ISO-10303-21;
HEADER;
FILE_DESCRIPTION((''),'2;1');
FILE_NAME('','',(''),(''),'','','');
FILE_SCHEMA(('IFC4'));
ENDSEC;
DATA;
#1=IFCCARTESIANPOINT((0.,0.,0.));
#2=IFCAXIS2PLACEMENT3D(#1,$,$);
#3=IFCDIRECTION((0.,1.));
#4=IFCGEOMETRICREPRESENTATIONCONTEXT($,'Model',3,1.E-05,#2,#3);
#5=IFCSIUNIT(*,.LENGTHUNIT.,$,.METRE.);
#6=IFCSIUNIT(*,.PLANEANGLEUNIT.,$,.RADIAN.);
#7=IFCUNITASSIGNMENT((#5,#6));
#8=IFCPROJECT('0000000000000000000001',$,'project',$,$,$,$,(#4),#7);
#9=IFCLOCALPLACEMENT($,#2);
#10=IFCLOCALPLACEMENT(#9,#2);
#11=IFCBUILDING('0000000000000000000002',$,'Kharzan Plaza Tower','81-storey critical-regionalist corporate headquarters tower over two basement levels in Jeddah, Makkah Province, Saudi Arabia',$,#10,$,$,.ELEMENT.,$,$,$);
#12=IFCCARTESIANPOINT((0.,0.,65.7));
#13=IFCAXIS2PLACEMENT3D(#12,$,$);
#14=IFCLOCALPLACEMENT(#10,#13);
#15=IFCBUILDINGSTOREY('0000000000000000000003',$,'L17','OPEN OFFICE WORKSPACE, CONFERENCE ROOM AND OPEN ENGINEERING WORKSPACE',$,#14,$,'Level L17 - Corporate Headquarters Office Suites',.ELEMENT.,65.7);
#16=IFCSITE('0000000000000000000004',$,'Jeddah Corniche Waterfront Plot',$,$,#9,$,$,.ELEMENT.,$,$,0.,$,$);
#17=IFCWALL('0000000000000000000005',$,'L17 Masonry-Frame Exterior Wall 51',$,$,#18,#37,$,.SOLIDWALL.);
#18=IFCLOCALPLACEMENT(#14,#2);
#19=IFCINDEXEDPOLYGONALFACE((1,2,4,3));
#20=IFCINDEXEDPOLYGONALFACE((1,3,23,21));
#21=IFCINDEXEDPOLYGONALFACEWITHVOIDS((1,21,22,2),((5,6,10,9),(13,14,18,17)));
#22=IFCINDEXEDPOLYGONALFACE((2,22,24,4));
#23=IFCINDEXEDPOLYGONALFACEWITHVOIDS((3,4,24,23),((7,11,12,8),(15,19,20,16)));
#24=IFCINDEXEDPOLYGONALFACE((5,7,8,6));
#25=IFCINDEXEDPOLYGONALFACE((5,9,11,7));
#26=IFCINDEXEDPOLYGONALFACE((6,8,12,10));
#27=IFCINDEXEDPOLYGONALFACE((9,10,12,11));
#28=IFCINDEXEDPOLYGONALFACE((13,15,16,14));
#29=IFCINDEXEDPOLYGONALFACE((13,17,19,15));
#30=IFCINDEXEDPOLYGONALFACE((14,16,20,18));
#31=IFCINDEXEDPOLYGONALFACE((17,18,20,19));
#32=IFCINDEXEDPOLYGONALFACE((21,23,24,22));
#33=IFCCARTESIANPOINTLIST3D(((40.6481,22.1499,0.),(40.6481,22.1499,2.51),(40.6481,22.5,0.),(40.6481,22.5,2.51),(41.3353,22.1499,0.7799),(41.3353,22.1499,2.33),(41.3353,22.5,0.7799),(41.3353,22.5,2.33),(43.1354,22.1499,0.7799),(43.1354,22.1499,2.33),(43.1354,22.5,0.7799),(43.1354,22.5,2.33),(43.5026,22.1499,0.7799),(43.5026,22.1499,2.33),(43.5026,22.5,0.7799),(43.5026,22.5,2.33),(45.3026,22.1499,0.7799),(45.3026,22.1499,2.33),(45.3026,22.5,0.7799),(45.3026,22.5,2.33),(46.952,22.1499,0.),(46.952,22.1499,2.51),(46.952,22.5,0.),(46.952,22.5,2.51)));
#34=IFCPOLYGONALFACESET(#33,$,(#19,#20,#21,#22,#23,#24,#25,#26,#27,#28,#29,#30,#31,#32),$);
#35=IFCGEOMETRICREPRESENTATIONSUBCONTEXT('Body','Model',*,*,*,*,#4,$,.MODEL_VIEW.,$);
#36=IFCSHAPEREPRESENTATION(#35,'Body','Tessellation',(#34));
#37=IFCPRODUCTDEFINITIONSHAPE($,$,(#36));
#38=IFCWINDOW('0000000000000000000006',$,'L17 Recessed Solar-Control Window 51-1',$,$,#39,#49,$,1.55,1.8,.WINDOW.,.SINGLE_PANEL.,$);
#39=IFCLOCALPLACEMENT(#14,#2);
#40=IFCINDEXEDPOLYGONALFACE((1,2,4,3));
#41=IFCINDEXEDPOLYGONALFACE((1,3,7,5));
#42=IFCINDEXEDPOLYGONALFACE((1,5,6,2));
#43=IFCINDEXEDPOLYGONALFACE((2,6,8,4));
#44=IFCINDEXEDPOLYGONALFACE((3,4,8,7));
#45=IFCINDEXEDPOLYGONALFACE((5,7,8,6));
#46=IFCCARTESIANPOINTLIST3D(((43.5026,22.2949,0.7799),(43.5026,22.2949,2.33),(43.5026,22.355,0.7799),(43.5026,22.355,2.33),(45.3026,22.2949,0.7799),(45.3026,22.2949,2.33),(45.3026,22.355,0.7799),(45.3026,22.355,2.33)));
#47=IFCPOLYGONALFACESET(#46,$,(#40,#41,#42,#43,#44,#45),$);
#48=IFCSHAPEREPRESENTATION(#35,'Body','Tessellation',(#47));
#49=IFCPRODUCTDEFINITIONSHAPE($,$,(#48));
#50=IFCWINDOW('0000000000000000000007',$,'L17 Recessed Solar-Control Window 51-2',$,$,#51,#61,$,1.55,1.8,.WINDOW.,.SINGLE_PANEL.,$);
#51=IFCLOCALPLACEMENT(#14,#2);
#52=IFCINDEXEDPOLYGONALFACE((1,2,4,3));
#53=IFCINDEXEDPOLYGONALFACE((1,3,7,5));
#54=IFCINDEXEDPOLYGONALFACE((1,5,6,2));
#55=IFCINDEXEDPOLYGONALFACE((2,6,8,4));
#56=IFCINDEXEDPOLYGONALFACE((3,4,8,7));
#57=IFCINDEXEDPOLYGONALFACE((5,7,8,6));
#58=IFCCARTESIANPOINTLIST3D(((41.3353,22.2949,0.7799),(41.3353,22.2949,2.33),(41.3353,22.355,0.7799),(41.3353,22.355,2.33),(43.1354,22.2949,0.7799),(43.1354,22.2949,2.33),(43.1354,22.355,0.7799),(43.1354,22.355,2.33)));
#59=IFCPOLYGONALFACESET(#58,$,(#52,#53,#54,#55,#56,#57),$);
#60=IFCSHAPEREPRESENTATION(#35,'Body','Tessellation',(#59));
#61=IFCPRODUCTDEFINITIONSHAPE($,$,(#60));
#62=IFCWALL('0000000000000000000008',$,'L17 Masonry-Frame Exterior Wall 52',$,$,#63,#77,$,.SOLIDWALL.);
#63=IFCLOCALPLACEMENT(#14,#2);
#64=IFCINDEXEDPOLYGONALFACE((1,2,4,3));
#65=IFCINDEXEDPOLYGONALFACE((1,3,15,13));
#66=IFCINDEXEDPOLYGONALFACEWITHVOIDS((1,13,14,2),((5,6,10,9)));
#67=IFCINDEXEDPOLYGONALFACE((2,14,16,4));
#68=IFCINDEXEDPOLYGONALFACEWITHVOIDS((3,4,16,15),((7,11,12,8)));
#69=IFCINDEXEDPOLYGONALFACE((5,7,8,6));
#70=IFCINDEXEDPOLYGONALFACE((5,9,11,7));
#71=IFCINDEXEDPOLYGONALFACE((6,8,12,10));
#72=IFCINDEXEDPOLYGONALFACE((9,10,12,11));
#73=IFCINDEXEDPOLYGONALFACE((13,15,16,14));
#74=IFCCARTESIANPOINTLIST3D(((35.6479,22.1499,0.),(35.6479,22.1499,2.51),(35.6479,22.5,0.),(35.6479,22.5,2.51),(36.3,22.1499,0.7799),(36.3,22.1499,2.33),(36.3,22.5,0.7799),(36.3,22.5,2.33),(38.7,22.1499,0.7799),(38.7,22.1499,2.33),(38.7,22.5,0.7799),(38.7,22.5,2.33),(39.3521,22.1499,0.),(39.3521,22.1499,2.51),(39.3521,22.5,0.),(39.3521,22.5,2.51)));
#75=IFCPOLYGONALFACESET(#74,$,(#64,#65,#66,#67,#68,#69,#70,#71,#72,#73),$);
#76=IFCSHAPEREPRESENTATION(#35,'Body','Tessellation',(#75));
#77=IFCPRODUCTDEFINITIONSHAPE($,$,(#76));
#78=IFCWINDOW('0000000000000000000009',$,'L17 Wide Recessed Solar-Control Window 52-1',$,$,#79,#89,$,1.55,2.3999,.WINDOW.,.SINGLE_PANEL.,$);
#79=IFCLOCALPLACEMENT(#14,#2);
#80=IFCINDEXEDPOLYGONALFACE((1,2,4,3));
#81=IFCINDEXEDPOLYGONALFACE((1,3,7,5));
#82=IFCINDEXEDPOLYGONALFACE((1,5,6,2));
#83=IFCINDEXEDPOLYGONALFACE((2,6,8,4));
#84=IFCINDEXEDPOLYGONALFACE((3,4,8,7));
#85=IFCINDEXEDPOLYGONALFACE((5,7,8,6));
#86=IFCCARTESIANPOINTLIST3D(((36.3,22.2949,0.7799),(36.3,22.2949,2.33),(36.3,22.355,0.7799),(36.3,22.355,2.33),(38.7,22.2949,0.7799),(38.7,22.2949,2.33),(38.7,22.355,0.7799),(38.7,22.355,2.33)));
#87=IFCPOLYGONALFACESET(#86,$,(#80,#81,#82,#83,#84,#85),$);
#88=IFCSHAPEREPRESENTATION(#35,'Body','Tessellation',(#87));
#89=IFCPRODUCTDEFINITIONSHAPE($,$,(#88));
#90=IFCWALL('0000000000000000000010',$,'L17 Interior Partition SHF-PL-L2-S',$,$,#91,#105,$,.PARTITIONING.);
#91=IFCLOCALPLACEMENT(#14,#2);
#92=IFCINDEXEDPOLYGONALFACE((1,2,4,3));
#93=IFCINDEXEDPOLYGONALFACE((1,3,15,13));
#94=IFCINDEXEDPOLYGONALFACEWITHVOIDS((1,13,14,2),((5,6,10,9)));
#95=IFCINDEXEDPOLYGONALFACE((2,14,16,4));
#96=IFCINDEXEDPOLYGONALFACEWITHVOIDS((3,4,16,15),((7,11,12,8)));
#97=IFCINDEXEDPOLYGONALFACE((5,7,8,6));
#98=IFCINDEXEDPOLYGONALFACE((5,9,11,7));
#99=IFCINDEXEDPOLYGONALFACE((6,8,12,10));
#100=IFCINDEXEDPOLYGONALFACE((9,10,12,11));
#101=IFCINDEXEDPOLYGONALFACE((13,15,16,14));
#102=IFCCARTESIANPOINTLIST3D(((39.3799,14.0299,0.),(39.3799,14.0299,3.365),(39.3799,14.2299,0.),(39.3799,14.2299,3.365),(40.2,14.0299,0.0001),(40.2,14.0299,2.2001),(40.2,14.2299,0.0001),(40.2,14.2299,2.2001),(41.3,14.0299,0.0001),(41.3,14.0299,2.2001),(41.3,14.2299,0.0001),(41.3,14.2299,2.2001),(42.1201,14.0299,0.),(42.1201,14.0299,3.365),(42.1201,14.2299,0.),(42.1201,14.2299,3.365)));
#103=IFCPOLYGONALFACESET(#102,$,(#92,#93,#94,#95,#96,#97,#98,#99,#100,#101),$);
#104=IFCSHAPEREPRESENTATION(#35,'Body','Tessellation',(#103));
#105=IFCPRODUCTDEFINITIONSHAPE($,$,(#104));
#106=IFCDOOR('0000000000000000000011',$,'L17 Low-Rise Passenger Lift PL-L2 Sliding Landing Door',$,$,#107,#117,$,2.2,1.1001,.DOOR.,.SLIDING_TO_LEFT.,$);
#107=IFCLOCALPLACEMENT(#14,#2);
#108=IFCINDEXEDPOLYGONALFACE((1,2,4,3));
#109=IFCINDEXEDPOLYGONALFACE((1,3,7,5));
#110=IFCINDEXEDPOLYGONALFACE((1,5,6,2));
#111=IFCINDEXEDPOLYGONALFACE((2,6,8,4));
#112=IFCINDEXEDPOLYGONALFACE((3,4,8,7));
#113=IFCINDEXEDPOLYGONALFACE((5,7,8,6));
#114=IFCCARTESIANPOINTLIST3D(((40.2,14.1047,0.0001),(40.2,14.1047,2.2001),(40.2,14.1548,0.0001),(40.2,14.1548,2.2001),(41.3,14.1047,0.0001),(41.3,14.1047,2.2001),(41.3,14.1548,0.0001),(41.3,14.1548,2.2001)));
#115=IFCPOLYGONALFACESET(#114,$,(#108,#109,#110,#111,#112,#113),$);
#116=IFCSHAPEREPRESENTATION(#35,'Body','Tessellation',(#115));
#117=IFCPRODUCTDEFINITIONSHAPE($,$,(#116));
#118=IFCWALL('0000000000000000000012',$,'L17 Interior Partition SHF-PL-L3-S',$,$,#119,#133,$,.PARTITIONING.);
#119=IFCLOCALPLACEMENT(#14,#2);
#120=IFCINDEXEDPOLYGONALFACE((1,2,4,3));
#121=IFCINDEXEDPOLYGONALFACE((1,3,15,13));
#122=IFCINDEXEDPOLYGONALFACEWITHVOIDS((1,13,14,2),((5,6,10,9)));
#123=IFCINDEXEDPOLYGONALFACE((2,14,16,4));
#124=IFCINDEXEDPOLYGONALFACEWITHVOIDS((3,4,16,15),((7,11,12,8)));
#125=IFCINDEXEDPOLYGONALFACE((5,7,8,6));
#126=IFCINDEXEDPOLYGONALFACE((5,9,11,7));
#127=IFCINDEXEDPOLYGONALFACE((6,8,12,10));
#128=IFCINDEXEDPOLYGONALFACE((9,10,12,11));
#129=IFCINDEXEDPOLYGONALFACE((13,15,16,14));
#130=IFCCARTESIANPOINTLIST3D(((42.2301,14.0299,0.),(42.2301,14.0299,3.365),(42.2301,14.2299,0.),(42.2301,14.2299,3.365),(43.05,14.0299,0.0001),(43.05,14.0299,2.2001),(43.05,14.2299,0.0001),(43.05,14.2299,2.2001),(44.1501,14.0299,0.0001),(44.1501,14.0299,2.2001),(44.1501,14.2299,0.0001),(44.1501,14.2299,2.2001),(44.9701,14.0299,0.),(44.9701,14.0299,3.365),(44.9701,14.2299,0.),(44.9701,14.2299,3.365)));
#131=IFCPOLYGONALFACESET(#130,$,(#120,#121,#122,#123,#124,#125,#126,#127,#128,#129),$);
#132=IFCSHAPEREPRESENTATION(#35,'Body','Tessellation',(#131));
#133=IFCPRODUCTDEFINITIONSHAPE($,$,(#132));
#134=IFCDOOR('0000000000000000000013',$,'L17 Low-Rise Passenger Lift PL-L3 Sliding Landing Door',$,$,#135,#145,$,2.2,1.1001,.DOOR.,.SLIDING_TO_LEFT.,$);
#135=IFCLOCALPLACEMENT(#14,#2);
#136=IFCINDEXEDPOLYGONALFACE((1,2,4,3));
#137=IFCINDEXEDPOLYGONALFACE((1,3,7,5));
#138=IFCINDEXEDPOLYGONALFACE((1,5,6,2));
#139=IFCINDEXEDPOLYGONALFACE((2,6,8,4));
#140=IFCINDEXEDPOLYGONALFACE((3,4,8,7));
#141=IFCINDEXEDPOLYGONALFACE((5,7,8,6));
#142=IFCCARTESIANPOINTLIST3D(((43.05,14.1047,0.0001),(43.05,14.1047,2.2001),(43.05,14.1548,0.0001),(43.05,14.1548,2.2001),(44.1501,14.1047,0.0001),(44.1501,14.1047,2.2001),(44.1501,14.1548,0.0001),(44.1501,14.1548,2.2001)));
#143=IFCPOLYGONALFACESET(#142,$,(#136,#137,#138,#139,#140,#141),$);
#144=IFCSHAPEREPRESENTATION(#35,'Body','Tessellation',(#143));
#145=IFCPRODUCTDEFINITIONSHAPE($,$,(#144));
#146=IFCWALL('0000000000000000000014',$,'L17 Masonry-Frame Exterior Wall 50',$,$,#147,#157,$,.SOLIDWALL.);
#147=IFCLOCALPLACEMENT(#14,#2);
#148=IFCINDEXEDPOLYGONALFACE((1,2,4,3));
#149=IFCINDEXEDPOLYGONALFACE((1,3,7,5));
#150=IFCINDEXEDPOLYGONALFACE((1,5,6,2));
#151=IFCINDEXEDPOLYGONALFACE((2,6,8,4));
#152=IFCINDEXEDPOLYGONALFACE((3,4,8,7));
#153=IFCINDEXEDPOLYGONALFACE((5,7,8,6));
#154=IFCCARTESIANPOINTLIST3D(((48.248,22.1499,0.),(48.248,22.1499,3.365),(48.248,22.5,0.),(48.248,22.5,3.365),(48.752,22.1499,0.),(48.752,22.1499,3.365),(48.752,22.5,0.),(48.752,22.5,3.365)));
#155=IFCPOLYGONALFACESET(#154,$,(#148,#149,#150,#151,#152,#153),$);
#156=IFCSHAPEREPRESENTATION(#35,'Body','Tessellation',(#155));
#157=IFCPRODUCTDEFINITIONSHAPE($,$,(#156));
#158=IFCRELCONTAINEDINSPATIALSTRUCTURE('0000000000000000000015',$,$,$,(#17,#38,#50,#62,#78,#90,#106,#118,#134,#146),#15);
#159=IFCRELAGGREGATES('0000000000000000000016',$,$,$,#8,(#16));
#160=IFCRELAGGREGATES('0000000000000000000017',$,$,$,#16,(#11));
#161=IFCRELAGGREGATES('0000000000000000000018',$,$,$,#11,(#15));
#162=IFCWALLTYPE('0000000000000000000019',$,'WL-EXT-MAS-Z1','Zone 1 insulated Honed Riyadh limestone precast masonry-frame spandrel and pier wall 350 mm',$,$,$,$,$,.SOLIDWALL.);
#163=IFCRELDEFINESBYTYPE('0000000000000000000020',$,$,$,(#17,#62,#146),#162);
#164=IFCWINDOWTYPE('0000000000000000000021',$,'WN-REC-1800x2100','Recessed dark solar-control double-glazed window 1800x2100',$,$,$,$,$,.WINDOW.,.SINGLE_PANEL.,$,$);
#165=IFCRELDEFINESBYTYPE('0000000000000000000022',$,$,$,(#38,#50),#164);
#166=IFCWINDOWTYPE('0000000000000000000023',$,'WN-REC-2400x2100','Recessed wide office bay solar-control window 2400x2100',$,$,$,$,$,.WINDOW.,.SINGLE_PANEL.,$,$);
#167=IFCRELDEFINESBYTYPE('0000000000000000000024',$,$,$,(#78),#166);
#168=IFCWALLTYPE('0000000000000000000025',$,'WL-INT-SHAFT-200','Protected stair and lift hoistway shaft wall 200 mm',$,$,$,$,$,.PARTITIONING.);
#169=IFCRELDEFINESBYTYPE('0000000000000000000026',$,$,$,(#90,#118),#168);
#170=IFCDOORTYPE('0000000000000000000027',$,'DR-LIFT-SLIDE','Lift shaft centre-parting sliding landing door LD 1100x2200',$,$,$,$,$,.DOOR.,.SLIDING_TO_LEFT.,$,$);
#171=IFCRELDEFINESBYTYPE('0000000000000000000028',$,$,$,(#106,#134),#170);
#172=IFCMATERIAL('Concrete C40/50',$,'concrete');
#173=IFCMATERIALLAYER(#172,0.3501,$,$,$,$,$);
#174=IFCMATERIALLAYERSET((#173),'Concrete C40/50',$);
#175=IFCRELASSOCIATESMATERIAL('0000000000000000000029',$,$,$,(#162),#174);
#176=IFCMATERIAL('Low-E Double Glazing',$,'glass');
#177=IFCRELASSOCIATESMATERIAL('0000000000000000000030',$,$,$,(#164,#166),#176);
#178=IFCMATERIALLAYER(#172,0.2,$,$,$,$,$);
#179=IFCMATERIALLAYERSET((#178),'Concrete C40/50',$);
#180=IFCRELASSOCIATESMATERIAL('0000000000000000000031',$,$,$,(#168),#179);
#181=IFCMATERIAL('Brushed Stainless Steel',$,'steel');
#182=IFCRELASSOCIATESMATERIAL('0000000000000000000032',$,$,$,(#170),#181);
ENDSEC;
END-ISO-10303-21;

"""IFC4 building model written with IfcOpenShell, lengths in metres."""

from ifc_helpers import new_model, si_unit, direction, frame, frame_2d, origin, place, context, subcontext, project, spatial, rectangle, extrude, source, transform, mapped, material, layer, layer_set, type_object, element, fill, save


model = new_model("IFC4")

# Units and contexts
model_context = context("Model", 3, precision=1e-05, world=origin(), true_north=direction((0.0, 1.0)))
body_context = subcontext(model_context, "Body", "Model", "MODEL_VIEW")
ifc_project = project(units=[si_unit("LENGTHUNIT", "METRE"), si_unit("PLANEANGLEUNIT", "RADIAN")], contexts=[model_context])

# Site, building, storey
site_placement = place(None, origin())
site = spatial("IfcSite", under=ifc_project, at=site_placement, Name="Jeddah Corniche Waterfront Plot", CompositionType="ELEMENT", RefElevation=0.0)
building_placement = place(site_placement, origin())
building = spatial("IfcBuilding", under=site, at=building_placement, Name="Kharzan Plaza Tower", Description="81-storey critical-regionalist corporate headquarters tower over two basement levels in Jeddah, Makkah Province, Saudi Arabia", CompositionType="ELEMENT")
storey_placement = place(building_placement, frame((0.0, 0.0, 65.7)))
storey = spatial("IfcBuildingStorey", under=building, at=storey_placement, Name="L17", Description="OPEN OFFICE WORKSPACE, CONFERENCE ROOM AND OPEN ENGINEERING WORKSPACE", LongName="Level L17 - Corporate Headquarters Office Suites", CompositionType="ELEMENT", Elevation=65.7)

# Wall, openings, windows
ifc_material_1 = material(Name="Concrete C40/50", Category="concrete")
ifc_layer_1 = layer(ifc_material_1, 0.3501)
ifc_layer_set_1 = layer_set([ifc_layer_1], Name="Concrete C40/50")
wall_type_1 = type_object("IfcWallType", Name="WL-EXT-MAS-Z1", Description="Zone 1 insulated Honed Riyadh limestone precast masonry-frame spandrel and pier wall 350 mm", PredefinedType="SOLIDWALL", material=ifc_layer_set_1)
wall_1_placement = place(storey_placement, frame((46.9519, 22.325, 0.0), z_axis=(0.0, 0.0, 1.0), x_axis=(-1.0, 0.0, 0.0)))
wall_1 = element("IfcWall", 1, at=wall_1_placement, inside=storey, type_object=wall_type_1, Name="L17 Masonry-Frame Exterior Wall 51", PredefinedType="SOLIDWALL", context=body_context, shape_type="SweptSolid", body=[
    extrude(rectangle(XDim=6.304, YDim=0.3501, at=frame_2d((3.1519, 0.0))), origin(), (0.0, 0.0, 1.0), 2.51),
])
opening_1_placement = place(wall_1_placement, frame((1.6494, 0.0, 0.78)))
opening_1 = element("IfcOpeningElement", 2, at=opening_1_placement, cuts=wall_1, PredefinedType="OPENING", context=body_context, shape_type="SweptSolid", body=[
    extrude(rectangle(XDim=1.8, YDim=1.55, at=frame_2d((0.8999, 0.7749))), frame((0.0, 0.1851, 0.0), z_axis=(0.0, -1.0, 0.0), x_axis=(1.0, 0.0, 0.0)), (0.0, 0.0, 1.0), 0.3701),
])
opening_2_placement = place(wall_1_placement, frame((3.8167, 0.0, 0.78)))
opening_2 = element("IfcOpeningElement", 3, at=opening_2_placement, cuts=wall_1, PredefinedType="OPENING", context=body_context, shape_type="SweptSolid", body=[
    extrude(rectangle(XDim=1.8, YDim=1.55, at=frame_2d((0.8999, 0.7749))), frame((0.0, 0.1851, 0.0), z_axis=(0.0, -1.0, 0.0), x_axis=(1.0, 0.0, 0.0)), (0.0, 0.0, 1.0), 0.3701),
])
ifc_material_2 = material(Name="Low-E Double Glazing", Category="glass")
window_type_1 = type_object("IfcWindowType", Name="WN-REC-1800x2100", Description="Recessed dark solar-control double-glazed window 1800x2100", PartitioningType="SINGLE_PANEL", PredefinedType="WINDOW", material=ifc_material_2)
shared_shape_1 = source(origin(), body_context, "Body", "SweptSolid", [
    extrude(rectangle(XDim=1.8, YDim=1.55, at=frame_2d((0.8999, 0.7749))), frame((0.0, 0.03, 0.0), z_axis=(0.0, -1.0, 0.0), x_axis=(1.0, 0.0, 0.0)), (0.0, 0.0, 1.0), 0.0601),
])
window_1_placement = place(opening_1_placement, origin())
window_1 = element("IfcWindow", 4, at=window_1_placement, inside=storey, type_object=window_type_1, Name="L17 Recessed Solar-Control Window 51-1", OverallHeight=1.55, OverallWidth=1.8, PartitioningType="SINGLE_PANEL", PredefinedType="WINDOW", context=body_context, shape_type="MappedRepresentation", body=[
    mapped(shared_shape_1, transform((0.0, 0.0, 0.0), x_axis=(1.0, 0.0, 0.0), y_axis=(0.0, 1.0, 0.0), z_axis=(0.0, 0.0, 1.0))),
])
fill(opening_1, window_1)
window_2_placement = place(opening_2_placement, origin())
window_2 = element("IfcWindow", 5, at=window_2_placement, inside=storey, type_object=window_type_1, Name="L17 Recessed Solar-Control Window 51-2", OverallHeight=1.55, OverallWidth=1.8, PartitioningType="SINGLE_PANEL", PredefinedType="WINDOW", context=body_context, shape_type="MappedRepresentation", body=[
    mapped(shared_shape_1, transform((0.0, 0.0, 0.0), x_axis=(1.0, 0.0, 0.0), y_axis=(0.0, 1.0, 0.0), z_axis=(0.0, 0.0, 1.0))),
])
fill(opening_2, window_2)

# Wall, opening, window
wall_2_placement = place(storey_placement, frame((39.3521, 22.325, 0.0), z_axis=(0.0, 0.0, 1.0), x_axis=(-1.0, 0.0, 0.0)))
wall_2 = element("IfcWall", 6, at=wall_2_placement, inside=storey, type_object=wall_type_1, Name="L17 Masonry-Frame Exterior Wall 52", PredefinedType="SOLIDWALL", context=body_context, shape_type="SweptSolid", body=[
    extrude(rectangle(XDim=3.7041, YDim=0.3501, at=frame_2d((1.8521, 0.0))), origin(), (0.0, 0.0, 1.0), 2.51),
])
opening_3_placement = place(wall_2_placement, frame((0.6521, 0.0, 0.78)))
opening_3 = element("IfcOpeningElement", 7, at=opening_3_placement, cuts=wall_2, PredefinedType="OPENING", context=body_context, shape_type="SweptSolid", body=[
    extrude(rectangle(XDim=2.3999, YDim=1.55, at=frame_2d((1.2, 0.7749))), frame((0.0, 0.1851, 0.0), z_axis=(0.0, -1.0, 0.0), x_axis=(1.0, 0.0, 0.0)), (0.0, 0.0, 1.0), 0.3701),
])
window_type_2 = type_object("IfcWindowType", Name="WN-REC-2400x2100", Description="Recessed wide office bay solar-control window 2400x2100", PartitioningType="SINGLE_PANEL", PredefinedType="WINDOW", material=ifc_material_2)
shared_shape_2 = source(origin(), body_context, "Body", "SweptSolid", [
    extrude(rectangle(XDim=2.3999, YDim=1.55, at=frame_2d((1.2, 0.7749))), frame((0.0, 0.03, 0.0), z_axis=(0.0, -1.0, 0.0), x_axis=(1.0, 0.0, 0.0)), (0.0, 0.0, 1.0), 0.0601),
])
window_3_placement = place(opening_3_placement, origin())
window_3 = element("IfcWindow", 8, at=window_3_placement, inside=storey, type_object=window_type_2, Name="L17 Wide Recessed Solar-Control Window 52-1", OverallHeight=1.55, OverallWidth=2.3999, PartitioningType="SINGLE_PANEL", PredefinedType="WINDOW", context=body_context, shape_type="MappedRepresentation", body=[
    mapped(shared_shape_2, transform((0.0, 0.0, 0.0), x_axis=(1.0, 0.0, 0.0), y_axis=(0.0, 1.0, 0.0), z_axis=(0.0, 0.0, 1.0))),
])
fill(opening_3, window_3)

# Walls, openings, doors
ifc_layer_2 = layer(ifc_material_1, 0.2)
ifc_layer_set_2 = layer_set([ifc_layer_2], Name="Concrete C40/50")
wall_type_2 = type_object("IfcWallType", Name="WL-INT-SHAFT-200", Description="Protected stair and lift hoistway shaft wall 200 mm", PredefinedType="PARTITIONING", material=ifc_layer_set_2)
wall_3_placement = place(storey_placement, frame((39.3799, 14.1299, 0.0), z_axis=(0.0, 0.0, 1.0), x_axis=(1.0, 0.0, 0.0)))
wall_3 = element("IfcWall", 9, at=wall_3_placement, inside=storey, type_object=wall_type_2, Name="L17 Interior Partition SHF-PL-L2-S", PredefinedType="PARTITIONING", context=body_context, shape_type="SweptSolid", body=[
    extrude(rectangle(XDim=2.7402, YDim=0.2, at=frame_2d((1.3701, 0.0))), origin(), (0.0, 0.0, 1.0), 3.365),
])
opening_4_placement = place(wall_3_placement, frame((0.8201, 0.0, 0.0)))
opening_4 = element("IfcOpeningElement", 10, at=opening_4_placement, cuts=wall_3, PredefinedType="OPENING", context=body_context, shape_type="SweptSolid", body=[
    extrude(rectangle(XDim=1.1001, YDim=2.2, at=frame_2d((0.55, 1.1001))), frame((0.0, 0.1099, 0.0), z_axis=(0.0, -1.0, 0.0), x_axis=(1.0, 0.0, 0.0)), (0.0, 0.0, 1.0), 0.22),
])
ifc_material_3 = material(Name="Brushed Stainless Steel", Category="steel")
door_type_1 = type_object("IfcDoorType", Name="DR-LIFT-SLIDE", Description="Lift shaft centre-parting sliding landing door LD 1100x2200", OperationType="SLIDING_TO_LEFT", PredefinedType="DOOR", material=ifc_material_3)
shared_shape_3 = source(origin(), body_context, "Body", "SweptSolid", [
    extrude(rectangle(XDim=1.1001, YDim=2.2, at=frame_2d((0.55, 1.1001))), frame((0.0, 0.0249, 0.0), z_axis=(0.0, -1.0, 0.0), x_axis=(1.0, 0.0, 0.0)), (0.0, 0.0, 1.0), 0.05),
])
door_1_placement = place(opening_4_placement, origin())
door_1 = element("IfcDoor", 11, at=door_1_placement, inside=storey, type_object=door_type_1, Name="L17 Low-Rise Passenger Lift PL-L2 Sliding Landing Door", OperationType="SLIDING_TO_LEFT", OverallHeight=2.2, OverallWidth=1.1001, PredefinedType="DOOR", context=body_context, shape_type="MappedRepresentation", body=[
    mapped(shared_shape_3, transform((0.0, 0.0, 0.0), x_axis=(1.0, 0.0, 0.0), y_axis=(0.0, 1.0, 0.0), z_axis=(0.0, 0.0, 1.0))),
])
fill(opening_4, door_1)
wall_4_placement = place(storey_placement, frame((42.23, 14.1299, 0.0), z_axis=(0.0, 0.0, 1.0), x_axis=(1.0, 0.0, 0.0)))
wall_4 = element("IfcWall", 12, at=wall_4_placement, inside=storey, type_object=wall_type_2, Name="L17 Interior Partition SHF-PL-L3-S", PredefinedType="PARTITIONING", context=body_context, shape_type="SweptSolid", body=[
    extrude(rectangle(XDim=2.74, YDim=0.2, at=frame_2d((1.3701, 0.0))), origin(), (0.0, 0.0, 1.0), 3.365),
])
opening_5_placement = place(wall_4_placement, frame((0.8201, 0.0, 0.0)))
opening_5 = element("IfcOpeningElement", 13, at=opening_5_placement, cuts=wall_4, PredefinedType="OPENING", context=body_context, shape_type="SweptSolid", body=[
    extrude(rectangle(XDim=1.1001, YDim=2.2, at=frame_2d((0.55, 1.1001))), frame((0.0, 0.1099, 0.0), z_axis=(0.0, -1.0, 0.0), x_axis=(1.0, 0.0, 0.0)), (0.0, 0.0, 1.0), 0.22),
])
door_2_placement = place(opening_5_placement, origin())
door_2 = element("IfcDoor", 14, at=door_2_placement, inside=storey, type_object=door_type_1, Name="L17 Low-Rise Passenger Lift PL-L3 Sliding Landing Door", OperationType="SLIDING_TO_LEFT", OverallHeight=2.2, OverallWidth=1.1001, PredefinedType="DOOR", context=body_context, shape_type="MappedRepresentation", body=[
    mapped(shared_shape_3, transform((0.0, 0.0, 0.0), x_axis=(1.0, 0.0, 0.0), y_axis=(0.0, 1.0, 0.0), z_axis=(0.0, 0.0, 1.0))),
])
fill(opening_5, door_2)

# Wall
shared_shape_4 = source(origin(), body_context, "Body", "SweptSolid", [
    extrude(rectangle(XDim=0.5039, YDim=0.3501, at=frame_2d((0.252, 0.0))), origin(), (0.0, 0.0, 1.0), 3.365),
])
wall_5_placement = place(storey_placement, frame((48.752, 22.325, 0.0), z_axis=(0.0, 0.0, 1.0), x_axis=(-1.0, 0.0, 0.0)))
element("IfcWall", 15, at=wall_5_placement, inside=storey, type_object=wall_type_1, Name="L17 Masonry-Frame Exterior Wall 50", PredefinedType="SOLIDWALL", context=body_context, shape_type="MappedRepresentation", body=[
    mapped(shared_shape_4, transform((0.0, 0.0, 0.0), x_axis=(1.0, 0.0, 0.0), y_axis=(0.0, 1.0, 0.0), z_axis=(0.0, 0.0, 1.0))),
])

save(model, "model.ifc")
